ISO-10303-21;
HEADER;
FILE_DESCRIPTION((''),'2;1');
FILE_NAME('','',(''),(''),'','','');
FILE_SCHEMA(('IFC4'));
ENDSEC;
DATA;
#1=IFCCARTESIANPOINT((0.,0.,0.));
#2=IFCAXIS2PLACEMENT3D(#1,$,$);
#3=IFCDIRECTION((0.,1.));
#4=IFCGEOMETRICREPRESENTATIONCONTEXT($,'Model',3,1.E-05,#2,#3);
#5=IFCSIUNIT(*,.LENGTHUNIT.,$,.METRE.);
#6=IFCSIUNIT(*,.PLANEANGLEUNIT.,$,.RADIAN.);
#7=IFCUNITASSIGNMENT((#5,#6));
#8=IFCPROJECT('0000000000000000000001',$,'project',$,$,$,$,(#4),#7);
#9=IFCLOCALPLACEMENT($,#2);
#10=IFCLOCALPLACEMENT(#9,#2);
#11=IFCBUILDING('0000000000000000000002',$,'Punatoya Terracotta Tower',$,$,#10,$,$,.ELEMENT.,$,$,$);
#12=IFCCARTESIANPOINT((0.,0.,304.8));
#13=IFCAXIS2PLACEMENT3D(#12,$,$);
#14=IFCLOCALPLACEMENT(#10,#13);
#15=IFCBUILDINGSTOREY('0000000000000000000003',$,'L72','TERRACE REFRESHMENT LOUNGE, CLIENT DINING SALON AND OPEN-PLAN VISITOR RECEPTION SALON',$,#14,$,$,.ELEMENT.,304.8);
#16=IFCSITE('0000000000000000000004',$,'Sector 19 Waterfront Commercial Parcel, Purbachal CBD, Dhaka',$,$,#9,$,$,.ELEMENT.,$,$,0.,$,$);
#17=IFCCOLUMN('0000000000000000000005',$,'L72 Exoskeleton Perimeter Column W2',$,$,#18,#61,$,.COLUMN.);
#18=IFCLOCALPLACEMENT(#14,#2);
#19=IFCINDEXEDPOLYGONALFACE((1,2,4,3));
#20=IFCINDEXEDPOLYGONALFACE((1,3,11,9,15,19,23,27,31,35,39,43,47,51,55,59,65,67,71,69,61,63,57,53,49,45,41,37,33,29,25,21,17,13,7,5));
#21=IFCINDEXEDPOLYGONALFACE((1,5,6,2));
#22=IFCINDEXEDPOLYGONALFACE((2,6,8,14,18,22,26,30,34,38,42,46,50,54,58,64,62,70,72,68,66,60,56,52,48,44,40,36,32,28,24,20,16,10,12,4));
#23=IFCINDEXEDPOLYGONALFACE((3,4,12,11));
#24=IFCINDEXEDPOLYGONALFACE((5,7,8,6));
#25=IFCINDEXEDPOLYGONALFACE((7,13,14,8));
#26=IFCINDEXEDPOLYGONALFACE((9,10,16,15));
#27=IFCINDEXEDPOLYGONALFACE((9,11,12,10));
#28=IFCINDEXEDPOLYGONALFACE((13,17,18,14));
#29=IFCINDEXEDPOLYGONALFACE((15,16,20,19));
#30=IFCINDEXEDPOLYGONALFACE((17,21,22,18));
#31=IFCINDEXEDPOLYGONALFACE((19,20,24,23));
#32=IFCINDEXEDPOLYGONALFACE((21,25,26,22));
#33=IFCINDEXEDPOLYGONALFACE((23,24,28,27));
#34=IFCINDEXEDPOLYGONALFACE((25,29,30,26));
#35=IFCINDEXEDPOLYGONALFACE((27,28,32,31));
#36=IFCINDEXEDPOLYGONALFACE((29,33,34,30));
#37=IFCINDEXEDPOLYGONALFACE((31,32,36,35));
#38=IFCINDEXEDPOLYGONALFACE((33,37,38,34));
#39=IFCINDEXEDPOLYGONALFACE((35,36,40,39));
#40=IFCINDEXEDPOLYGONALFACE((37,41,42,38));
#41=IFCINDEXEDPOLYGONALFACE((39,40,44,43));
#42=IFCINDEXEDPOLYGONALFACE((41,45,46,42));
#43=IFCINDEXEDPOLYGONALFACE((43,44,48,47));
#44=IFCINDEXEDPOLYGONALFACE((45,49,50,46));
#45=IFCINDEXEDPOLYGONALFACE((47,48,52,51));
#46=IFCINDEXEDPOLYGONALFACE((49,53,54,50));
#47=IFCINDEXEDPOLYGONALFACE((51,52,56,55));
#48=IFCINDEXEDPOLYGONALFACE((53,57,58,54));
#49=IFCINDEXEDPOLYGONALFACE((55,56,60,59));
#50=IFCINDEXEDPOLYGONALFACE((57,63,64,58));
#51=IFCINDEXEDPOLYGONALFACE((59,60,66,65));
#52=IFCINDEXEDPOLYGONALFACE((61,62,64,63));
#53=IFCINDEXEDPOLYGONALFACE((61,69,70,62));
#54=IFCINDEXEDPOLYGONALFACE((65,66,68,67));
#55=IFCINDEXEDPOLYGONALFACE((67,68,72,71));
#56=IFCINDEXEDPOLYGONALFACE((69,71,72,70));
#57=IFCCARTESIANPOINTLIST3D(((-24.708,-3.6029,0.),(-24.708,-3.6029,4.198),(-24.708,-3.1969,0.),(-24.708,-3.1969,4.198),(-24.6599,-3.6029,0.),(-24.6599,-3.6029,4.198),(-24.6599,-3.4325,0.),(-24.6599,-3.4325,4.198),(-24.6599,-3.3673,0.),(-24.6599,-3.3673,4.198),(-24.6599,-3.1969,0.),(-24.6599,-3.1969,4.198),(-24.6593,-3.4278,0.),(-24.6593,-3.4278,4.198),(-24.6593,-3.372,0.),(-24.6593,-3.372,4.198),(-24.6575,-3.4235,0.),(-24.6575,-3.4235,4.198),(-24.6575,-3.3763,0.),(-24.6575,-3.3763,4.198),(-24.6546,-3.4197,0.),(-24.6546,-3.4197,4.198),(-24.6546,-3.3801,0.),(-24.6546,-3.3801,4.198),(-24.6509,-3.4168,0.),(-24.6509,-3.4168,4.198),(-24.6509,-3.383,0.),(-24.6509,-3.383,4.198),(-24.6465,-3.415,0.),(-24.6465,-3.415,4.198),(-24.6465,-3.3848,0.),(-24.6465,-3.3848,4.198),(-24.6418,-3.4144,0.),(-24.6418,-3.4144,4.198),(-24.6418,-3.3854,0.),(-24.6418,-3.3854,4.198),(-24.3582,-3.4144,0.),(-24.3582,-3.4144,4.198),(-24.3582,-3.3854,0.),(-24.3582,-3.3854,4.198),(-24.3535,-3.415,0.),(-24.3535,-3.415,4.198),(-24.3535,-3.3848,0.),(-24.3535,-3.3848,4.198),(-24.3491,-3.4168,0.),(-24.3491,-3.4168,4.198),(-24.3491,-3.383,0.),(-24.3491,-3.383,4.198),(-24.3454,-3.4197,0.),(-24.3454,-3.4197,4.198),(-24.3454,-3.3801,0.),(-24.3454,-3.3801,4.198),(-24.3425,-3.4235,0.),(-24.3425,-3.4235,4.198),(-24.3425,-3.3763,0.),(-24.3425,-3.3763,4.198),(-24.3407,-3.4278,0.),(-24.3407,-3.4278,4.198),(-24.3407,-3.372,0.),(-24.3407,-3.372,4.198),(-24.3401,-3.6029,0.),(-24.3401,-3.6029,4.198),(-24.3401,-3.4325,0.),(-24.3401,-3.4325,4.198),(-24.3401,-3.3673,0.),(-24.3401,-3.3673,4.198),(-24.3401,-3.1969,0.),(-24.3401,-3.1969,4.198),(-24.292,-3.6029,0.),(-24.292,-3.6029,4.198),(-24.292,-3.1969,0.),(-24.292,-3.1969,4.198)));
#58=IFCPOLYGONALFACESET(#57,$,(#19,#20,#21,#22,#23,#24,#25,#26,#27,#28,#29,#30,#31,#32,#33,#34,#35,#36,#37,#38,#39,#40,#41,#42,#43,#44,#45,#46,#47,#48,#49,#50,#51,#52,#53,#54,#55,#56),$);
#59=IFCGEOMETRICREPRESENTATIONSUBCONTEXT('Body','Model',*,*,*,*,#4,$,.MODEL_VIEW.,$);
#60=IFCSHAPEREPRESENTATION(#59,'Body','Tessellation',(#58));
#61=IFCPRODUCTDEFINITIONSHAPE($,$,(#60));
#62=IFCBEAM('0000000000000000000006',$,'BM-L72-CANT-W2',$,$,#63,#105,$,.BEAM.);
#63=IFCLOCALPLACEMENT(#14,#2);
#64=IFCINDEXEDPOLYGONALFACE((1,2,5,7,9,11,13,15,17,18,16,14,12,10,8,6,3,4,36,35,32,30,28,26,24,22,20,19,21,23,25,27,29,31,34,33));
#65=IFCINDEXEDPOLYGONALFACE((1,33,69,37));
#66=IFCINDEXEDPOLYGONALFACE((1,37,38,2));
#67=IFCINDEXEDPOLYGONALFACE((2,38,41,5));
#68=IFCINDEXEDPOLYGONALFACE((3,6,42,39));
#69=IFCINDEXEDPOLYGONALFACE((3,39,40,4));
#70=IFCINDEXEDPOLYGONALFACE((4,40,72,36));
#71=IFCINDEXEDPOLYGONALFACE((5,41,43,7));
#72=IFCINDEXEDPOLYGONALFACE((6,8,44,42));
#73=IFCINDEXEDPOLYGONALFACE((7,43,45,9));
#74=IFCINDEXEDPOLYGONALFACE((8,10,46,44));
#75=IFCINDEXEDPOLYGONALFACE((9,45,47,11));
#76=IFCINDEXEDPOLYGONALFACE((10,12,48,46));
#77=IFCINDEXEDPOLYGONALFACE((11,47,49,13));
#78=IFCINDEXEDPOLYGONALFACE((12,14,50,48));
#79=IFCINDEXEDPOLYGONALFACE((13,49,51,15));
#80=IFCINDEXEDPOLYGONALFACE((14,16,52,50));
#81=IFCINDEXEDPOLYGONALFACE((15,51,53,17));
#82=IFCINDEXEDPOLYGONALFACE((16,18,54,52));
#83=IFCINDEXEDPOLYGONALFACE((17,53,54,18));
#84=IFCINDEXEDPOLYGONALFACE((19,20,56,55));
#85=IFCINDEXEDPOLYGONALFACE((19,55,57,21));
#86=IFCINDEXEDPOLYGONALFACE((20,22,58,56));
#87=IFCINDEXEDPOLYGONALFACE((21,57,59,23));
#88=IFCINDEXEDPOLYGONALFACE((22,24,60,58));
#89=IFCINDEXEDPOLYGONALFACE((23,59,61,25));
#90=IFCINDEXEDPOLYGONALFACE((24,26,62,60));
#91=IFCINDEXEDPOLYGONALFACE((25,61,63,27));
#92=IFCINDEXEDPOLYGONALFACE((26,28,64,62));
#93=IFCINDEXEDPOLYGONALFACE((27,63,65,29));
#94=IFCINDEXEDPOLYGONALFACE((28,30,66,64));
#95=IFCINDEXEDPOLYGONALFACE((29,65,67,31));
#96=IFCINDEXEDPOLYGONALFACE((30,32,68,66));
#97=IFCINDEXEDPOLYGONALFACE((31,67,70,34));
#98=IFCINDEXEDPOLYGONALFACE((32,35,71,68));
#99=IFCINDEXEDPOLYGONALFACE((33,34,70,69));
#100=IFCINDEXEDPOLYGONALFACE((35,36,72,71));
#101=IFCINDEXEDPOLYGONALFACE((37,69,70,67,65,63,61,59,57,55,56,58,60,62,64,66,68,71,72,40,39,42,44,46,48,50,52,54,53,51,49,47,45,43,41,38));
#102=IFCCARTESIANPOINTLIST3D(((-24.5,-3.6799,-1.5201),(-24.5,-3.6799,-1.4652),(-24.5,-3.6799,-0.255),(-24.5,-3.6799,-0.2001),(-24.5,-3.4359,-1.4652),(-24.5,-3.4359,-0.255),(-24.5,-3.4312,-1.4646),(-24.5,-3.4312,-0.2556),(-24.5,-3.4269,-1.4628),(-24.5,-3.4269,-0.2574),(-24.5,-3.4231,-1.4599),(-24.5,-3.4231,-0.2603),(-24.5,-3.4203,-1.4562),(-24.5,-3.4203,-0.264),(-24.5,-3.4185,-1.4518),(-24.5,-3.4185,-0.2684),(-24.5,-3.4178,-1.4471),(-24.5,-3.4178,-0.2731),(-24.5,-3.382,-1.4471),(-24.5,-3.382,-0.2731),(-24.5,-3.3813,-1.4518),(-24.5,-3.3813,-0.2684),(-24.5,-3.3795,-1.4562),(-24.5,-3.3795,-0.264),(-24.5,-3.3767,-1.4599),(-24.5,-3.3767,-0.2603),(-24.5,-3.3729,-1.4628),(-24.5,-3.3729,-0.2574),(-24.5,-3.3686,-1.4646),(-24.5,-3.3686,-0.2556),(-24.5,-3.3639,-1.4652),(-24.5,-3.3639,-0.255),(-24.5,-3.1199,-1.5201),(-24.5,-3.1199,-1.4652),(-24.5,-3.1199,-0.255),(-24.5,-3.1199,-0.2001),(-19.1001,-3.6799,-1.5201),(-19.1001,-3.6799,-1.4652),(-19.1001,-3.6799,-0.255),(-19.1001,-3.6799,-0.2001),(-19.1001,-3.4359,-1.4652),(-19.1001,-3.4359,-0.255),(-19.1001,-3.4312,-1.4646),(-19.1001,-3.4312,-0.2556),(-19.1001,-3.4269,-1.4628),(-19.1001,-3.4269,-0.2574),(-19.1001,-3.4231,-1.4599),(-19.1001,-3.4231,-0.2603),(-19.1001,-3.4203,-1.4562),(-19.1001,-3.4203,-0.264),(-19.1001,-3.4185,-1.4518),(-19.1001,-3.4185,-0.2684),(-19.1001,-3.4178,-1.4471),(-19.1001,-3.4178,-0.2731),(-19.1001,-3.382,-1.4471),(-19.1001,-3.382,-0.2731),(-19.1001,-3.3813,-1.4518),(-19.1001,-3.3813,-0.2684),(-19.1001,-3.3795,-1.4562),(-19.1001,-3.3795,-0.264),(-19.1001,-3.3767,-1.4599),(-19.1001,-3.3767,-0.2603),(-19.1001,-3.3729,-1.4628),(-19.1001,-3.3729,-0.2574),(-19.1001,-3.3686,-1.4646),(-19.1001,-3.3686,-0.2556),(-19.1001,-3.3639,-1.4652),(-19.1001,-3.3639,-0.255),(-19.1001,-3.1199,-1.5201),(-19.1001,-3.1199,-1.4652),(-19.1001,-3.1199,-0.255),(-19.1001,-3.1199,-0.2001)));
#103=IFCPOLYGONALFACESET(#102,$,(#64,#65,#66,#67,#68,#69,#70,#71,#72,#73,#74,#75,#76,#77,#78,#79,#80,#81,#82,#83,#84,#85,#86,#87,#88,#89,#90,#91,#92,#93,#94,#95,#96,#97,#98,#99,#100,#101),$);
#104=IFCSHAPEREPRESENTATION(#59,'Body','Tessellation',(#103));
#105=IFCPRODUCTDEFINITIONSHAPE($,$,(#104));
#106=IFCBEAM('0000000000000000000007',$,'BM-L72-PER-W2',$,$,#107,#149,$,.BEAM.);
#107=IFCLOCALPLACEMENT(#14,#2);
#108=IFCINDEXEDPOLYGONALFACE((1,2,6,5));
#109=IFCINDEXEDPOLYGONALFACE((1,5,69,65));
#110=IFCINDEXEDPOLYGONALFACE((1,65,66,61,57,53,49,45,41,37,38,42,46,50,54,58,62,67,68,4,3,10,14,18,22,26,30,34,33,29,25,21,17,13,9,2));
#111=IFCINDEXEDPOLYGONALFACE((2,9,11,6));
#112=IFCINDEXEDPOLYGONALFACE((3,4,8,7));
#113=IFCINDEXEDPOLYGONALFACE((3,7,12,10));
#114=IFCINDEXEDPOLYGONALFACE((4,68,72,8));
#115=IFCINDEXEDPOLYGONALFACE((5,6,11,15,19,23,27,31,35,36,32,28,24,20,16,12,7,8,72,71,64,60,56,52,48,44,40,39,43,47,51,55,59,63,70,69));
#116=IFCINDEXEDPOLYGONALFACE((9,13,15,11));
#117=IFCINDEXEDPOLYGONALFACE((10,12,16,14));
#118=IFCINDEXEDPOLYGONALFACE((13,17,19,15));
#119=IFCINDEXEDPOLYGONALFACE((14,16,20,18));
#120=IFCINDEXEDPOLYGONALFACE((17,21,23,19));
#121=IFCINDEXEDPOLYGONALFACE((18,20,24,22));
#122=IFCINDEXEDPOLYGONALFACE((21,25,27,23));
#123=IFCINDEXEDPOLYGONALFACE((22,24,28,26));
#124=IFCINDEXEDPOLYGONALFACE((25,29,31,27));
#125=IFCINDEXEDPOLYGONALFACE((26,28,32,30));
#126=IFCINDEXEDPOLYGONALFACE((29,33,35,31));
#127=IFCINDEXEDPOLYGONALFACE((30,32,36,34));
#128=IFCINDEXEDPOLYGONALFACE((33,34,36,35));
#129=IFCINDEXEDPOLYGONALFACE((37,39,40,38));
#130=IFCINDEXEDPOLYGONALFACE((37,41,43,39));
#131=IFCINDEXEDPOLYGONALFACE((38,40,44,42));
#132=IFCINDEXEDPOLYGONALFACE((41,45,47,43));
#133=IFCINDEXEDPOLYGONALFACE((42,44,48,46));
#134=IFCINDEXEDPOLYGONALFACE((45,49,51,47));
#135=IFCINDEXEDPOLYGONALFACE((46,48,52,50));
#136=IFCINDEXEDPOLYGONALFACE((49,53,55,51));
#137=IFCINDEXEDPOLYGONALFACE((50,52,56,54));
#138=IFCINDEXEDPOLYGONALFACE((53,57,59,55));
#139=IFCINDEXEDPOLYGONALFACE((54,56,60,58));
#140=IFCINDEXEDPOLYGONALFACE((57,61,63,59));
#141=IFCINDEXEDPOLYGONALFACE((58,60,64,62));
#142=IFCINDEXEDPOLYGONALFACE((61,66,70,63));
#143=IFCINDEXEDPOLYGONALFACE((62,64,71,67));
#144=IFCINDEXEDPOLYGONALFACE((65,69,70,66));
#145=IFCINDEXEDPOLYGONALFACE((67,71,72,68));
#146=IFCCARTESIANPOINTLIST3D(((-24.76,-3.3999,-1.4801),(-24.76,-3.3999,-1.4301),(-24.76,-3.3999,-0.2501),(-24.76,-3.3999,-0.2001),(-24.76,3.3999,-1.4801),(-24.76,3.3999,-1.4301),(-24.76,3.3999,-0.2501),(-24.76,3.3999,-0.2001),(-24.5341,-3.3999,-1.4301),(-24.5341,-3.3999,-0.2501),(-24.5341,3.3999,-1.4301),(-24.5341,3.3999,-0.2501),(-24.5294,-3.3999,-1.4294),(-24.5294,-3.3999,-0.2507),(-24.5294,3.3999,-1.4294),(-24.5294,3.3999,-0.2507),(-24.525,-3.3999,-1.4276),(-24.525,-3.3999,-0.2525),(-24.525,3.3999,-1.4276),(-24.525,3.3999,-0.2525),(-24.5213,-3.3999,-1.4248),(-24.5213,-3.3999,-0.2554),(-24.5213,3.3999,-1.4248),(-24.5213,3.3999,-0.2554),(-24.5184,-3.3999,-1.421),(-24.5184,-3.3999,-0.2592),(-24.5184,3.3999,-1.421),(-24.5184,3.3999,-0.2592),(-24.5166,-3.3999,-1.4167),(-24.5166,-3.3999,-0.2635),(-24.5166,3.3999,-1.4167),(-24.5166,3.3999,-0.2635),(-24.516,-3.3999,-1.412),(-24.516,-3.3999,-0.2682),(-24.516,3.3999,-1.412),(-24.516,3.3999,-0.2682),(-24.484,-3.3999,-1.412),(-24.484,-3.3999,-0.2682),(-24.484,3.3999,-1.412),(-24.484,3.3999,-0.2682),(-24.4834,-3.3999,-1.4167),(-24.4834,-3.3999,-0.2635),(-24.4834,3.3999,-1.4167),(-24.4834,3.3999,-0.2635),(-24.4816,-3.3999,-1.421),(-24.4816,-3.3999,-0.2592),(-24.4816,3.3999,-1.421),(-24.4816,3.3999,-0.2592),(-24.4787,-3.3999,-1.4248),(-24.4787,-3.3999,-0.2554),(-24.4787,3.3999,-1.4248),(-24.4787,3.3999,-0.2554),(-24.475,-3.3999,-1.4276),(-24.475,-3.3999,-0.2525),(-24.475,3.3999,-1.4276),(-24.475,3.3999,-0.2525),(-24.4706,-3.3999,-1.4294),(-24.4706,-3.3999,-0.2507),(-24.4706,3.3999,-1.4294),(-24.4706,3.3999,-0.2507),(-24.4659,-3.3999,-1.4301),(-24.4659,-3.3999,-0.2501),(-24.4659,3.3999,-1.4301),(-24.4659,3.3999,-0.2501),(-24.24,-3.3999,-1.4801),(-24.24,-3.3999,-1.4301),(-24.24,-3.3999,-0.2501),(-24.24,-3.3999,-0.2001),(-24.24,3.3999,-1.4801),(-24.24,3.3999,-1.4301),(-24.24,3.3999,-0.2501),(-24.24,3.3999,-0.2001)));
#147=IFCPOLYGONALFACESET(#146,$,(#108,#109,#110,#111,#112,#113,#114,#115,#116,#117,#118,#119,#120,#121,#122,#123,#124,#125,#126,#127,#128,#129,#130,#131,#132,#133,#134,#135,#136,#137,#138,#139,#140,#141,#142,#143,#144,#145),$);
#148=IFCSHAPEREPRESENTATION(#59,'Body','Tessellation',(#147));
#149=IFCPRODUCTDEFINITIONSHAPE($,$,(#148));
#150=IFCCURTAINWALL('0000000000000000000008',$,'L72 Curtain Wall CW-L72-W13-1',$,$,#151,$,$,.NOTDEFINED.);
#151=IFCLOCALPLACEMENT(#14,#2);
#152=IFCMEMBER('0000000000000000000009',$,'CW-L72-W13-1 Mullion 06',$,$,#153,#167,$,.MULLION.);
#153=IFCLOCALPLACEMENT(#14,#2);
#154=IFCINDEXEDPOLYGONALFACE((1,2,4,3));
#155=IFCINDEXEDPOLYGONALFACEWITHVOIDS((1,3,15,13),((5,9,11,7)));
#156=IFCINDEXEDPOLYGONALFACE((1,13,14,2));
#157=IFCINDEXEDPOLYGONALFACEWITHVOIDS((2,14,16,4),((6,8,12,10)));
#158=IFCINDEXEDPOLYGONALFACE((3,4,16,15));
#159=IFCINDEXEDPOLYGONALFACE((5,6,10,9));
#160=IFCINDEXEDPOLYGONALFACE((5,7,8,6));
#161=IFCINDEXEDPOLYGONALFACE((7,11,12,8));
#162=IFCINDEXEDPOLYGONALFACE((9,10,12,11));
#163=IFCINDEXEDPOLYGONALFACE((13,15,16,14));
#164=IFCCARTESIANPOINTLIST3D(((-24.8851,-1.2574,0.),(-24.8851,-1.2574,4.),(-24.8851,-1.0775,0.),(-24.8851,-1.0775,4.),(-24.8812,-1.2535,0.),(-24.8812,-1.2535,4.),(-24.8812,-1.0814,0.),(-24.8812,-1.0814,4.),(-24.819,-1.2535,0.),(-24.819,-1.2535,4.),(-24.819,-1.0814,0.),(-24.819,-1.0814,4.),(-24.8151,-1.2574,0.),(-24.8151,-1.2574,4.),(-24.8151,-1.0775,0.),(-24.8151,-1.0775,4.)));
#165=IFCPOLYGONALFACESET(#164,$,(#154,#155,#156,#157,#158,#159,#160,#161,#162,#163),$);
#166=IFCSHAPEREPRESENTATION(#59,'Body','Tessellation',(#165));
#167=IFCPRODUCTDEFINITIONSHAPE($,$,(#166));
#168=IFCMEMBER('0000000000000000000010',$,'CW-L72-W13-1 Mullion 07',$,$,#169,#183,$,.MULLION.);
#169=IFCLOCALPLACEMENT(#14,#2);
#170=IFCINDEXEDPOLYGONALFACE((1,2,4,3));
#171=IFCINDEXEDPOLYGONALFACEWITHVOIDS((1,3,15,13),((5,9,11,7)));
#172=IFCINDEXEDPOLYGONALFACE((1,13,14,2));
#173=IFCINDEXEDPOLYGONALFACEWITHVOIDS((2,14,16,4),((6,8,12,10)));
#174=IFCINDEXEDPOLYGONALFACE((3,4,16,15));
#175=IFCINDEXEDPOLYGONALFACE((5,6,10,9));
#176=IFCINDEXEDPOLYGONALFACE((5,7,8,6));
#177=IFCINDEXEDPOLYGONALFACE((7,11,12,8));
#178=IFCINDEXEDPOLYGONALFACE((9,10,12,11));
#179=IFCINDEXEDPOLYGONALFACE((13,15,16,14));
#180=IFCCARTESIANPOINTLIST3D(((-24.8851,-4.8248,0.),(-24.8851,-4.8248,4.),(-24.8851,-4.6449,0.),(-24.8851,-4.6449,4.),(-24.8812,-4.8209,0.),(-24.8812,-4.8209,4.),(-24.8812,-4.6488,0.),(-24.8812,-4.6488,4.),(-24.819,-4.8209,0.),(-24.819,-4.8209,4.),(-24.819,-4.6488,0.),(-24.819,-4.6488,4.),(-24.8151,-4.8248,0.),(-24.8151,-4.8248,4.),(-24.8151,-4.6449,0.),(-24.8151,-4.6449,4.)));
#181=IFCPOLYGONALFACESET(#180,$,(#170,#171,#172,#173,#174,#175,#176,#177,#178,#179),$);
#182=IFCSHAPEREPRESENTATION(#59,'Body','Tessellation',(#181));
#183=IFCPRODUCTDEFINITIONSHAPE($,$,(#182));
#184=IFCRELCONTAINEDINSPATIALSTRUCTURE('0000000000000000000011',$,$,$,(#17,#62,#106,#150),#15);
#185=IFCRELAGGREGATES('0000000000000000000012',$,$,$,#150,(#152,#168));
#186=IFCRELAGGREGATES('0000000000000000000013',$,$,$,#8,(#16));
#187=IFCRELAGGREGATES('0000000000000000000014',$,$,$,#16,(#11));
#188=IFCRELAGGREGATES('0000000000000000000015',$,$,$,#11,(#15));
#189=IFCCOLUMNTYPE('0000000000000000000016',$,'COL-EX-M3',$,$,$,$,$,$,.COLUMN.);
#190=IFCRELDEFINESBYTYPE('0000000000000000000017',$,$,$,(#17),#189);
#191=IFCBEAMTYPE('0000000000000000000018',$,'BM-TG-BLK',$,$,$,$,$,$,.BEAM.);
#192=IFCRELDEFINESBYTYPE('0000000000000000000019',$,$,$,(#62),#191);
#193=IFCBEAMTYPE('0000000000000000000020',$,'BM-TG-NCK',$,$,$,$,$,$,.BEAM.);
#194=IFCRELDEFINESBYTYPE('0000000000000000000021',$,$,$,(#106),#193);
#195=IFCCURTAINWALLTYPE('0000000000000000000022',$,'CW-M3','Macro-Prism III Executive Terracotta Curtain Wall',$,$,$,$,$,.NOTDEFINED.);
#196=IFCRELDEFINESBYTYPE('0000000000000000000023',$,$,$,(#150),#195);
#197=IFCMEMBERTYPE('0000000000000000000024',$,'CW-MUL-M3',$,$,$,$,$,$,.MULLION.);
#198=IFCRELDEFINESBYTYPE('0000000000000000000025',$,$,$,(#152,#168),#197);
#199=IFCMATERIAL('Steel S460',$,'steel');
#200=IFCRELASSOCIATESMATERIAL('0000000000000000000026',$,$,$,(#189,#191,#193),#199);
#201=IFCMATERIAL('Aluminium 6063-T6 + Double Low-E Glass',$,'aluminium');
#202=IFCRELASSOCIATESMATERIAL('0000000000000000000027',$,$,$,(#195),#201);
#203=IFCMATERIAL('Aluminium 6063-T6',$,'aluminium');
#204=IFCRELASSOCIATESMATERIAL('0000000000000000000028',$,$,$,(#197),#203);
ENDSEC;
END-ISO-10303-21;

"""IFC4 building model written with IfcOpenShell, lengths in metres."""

from ifc_helpers import new_model, si_unit, direction, frame, origin, origin_2d, place, context, subcontext, project, spatial, hollow_rectangle, i_section, extrude, material, material_profile, profile_set, type_object, element, aggregate, save


model = new_model("IFC4")

# Units and contexts
model_context = context("Model", 3, precision=1e-05, world=origin(), true_north=direction((0.0, 1.0)))
body_context = subcontext(model_context, "Body", "Model", "MODEL_VIEW")
ifc_project = project(units=[si_unit("LENGTHUNIT", "METRE"), si_unit("PLANEANGLEUNIT", "RADIAN")], contexts=[model_context])

# Site, building, storey
site_placement = place(None, origin())
site = spatial("IfcSite", under=ifc_project, at=site_placement, Name="Sector 19 Waterfront Commercial Parcel, Purbachal CBD, Dhaka", CompositionType="ELEMENT", RefElevation=0.0)
building_placement = place(site_placement, origin())
building = spatial("IfcBuilding", under=site, at=building_placement, Name="Punatoya Terracotta Tower", CompositionType="ELEMENT")
storey_placement = place(building_placement, frame((0.0, 0.0, 304.8)))
storey = spatial("IfcBuildingStorey", under=building, at=storey_placement, Name="L72", Description="TERRACE REFRESHMENT LOUNGE, CLIENT DINING SALON AND OPEN-PLAN VISITOR RECEPTION SALON", CompositionType="ELEMENT", Elevation=304.8)

# Column
ifc_material_1 = material(Name="Steel S460", Category="steel")
ifc_material_profile_1 = material_profile(ifc_material_1, i_section(OverallWidth=0.406, OverallDepth=0.416, WebThickness=0.0291, FlangeThickness=0.0481, FilletRadius=0.0181, at=origin_2d()))
ifc_profile_set_1 = profile_set([ifc_material_profile_1], Name="Steel S460")
column_type = type_object("IfcColumnType", Name="COL-EX-M3", PredefinedType="COLUMN", material=ifc_profile_set_1)
column_placement = place(storey_placement, frame((-24.5, -3.3999, 0.0), z_axis=(0.0, 0.0, 1.0), x_axis=(0.0, 1.0, 0.0)))
element("IfcColumn", 1, at=column_placement, inside=storey, type_object=column_type, Name="L72 Exoskeleton Perimeter Column W2", PredefinedType="COLUMN", context=body_context, shape_type="SweptSolid", body=[
    extrude(i_section(OverallWidth=0.406, OverallDepth=0.416, WebThickness=0.0291, FlangeThickness=0.0481, FilletRadius=0.0181, at=origin_2d()), origin(), (0.0, 0.0, 1.0), 4.198),
])

# Beams
ifc_material_profile_2 = material_profile(ifc_material_1, i_section(OverallWidth=0.5601, OverallDepth=1.3201, WebThickness=0.0359, FlangeThickness=0.0549, FilletRadius=0.0181, at=origin_2d()))
ifc_profile_set_2 = profile_set([ifc_material_profile_2], Name="Steel S460")
beam_type_1 = type_object("IfcBeamType", Name="BM-TG-BLK", PredefinedType="BEAM", material=ifc_profile_set_2)
beam_1_placement = place(storey_placement, frame((-24.5, -3.3999, -0.8601), z_axis=(1.0, 0.0, 0.0), x_axis=(0.0, 1.0, 0.0)))
element("IfcBeam", 2, at=beam_1_placement, inside=storey, type_object=beam_type_1, Name="BM-L72-CANT-W2", PredefinedType="BEAM", context=body_context, shape_type="SweptSolid", body=[
    extrude(i_section(OverallWidth=0.5601, OverallDepth=1.3201, WebThickness=0.0359, FlangeThickness=0.0549, FilletRadius=0.0181, at=origin_2d()), origin(), (0.0, 0.0, 1.0), 5.3999),
])
ifc_material_profile_3 = material_profile(ifc_material_1, i_section(OverallWidth=0.52, OverallDepth=1.28, WebThickness=0.032, FlangeThickness=0.05, FilletRadius=0.0181, at=origin_2d()))
ifc_profile_set_3 = profile_set([ifc_material_profile_3], Name="Steel S460")
beam_type_2 = type_object("IfcBeamType", Name="BM-TG-NCK", PredefinedType="BEAM", material=ifc_profile_set_3)
beam_2_placement = place(storey_placement, frame((-24.5, -3.3999, -0.8401), z_axis=(0.0, 1.0, 0.0), x_axis=(-1.0, 0.0, 0.0)))
element("IfcBeam", 3, at=beam_2_placement, inside=storey, type_object=beam_type_2, Name="BM-L72-PER-W2", PredefinedType="BEAM", context=body_context, shape_type="SweptSolid", body=[
    extrude(i_section(OverallWidth=0.52, OverallDepth=1.28, WebThickness=0.032, FlangeThickness=0.05, FilletRadius=0.0181, at=origin_2d()), origin(), (0.0, 0.0, 1.0), 6.7998),
])

# Curtain wall, members
ifc_material_2 = material(Name="Aluminium 6063-T6 + Double Low-E Glass", Category="aluminium")
curtain_wall_type = type_object("IfcCurtainWallType", Name="CW-M3", Description="Macro-Prism III Executive Terracotta Curtain Wall", PredefinedType="NOTDEFINED", material=ifc_material_2)
curtain_wall_1_placement = place(storey_placement, origin())
curtain_wall_1 = element("IfcCurtainWall", 4, at=curtain_wall_1_placement, inside=storey, type_object=curtain_wall_type, Name="L72 Curtain Wall CW-L72-W13-1", PredefinedType="NOTDEFINED")
ifc_material_3 = material(Name="Aluminium 6063-T6", Category="aluminium")
ifc_material_profile_4 = material_profile(ifc_material_3, hollow_rectangle(XDim=0.0701, YDim=0.1799, WallThickness=0.0039, at=origin_2d()))
ifc_profile_set_4 = profile_set([ifc_material_profile_4], Name="Aluminium 6063-T6")
member_type_1 = type_object("IfcMemberType", Name="CW-MUL-M3", PredefinedType="MULLION", material=ifc_profile_set_4)
member_1_placement = place(storey_placement, frame((-24.8501, -1.1675, 0.0), z_axis=(0.0, 0.0, 1.0), x_axis=(1.0, 0.0, 0.0)))
member_1 = element("IfcMember", 5, at=member_1_placement, type_object=member_type_1, Name="CW-L72-W13-1 Mullion 06", PredefinedType="MULLION", context=body_context, shape_type="SweptSolid", body=[
    extrude(hollow_rectangle(XDim=0.0701, YDim=0.1799, WallThickness=0.0039, at=origin_2d()), origin(), (0.0, 0.0, 1.0), 4.0),
])
member_2_placement = place(storey_placement, frame((-24.8501, -4.7349, 0.0), z_axis=(0.0, 0.0, 1.0), x_axis=(1.0, 0.0, 0.0)))
member_2 = element("IfcMember", 6, at=member_2_placement, type_object=member_type_1, Name="CW-L72-W13-1 Mullion 07", PredefinedType="MULLION", context=body_context, shape_type="SweptSolid", body=[
    extrude(hollow_rectangle(XDim=0.0701, YDim=0.1799, WallThickness=0.0039, at=origin_2d()), origin(), (0.0, 0.0, 1.0), 4.0),
])

aggregate(curtain_wall_1, [member_1, member_2])

save(model, "model.ifc")
